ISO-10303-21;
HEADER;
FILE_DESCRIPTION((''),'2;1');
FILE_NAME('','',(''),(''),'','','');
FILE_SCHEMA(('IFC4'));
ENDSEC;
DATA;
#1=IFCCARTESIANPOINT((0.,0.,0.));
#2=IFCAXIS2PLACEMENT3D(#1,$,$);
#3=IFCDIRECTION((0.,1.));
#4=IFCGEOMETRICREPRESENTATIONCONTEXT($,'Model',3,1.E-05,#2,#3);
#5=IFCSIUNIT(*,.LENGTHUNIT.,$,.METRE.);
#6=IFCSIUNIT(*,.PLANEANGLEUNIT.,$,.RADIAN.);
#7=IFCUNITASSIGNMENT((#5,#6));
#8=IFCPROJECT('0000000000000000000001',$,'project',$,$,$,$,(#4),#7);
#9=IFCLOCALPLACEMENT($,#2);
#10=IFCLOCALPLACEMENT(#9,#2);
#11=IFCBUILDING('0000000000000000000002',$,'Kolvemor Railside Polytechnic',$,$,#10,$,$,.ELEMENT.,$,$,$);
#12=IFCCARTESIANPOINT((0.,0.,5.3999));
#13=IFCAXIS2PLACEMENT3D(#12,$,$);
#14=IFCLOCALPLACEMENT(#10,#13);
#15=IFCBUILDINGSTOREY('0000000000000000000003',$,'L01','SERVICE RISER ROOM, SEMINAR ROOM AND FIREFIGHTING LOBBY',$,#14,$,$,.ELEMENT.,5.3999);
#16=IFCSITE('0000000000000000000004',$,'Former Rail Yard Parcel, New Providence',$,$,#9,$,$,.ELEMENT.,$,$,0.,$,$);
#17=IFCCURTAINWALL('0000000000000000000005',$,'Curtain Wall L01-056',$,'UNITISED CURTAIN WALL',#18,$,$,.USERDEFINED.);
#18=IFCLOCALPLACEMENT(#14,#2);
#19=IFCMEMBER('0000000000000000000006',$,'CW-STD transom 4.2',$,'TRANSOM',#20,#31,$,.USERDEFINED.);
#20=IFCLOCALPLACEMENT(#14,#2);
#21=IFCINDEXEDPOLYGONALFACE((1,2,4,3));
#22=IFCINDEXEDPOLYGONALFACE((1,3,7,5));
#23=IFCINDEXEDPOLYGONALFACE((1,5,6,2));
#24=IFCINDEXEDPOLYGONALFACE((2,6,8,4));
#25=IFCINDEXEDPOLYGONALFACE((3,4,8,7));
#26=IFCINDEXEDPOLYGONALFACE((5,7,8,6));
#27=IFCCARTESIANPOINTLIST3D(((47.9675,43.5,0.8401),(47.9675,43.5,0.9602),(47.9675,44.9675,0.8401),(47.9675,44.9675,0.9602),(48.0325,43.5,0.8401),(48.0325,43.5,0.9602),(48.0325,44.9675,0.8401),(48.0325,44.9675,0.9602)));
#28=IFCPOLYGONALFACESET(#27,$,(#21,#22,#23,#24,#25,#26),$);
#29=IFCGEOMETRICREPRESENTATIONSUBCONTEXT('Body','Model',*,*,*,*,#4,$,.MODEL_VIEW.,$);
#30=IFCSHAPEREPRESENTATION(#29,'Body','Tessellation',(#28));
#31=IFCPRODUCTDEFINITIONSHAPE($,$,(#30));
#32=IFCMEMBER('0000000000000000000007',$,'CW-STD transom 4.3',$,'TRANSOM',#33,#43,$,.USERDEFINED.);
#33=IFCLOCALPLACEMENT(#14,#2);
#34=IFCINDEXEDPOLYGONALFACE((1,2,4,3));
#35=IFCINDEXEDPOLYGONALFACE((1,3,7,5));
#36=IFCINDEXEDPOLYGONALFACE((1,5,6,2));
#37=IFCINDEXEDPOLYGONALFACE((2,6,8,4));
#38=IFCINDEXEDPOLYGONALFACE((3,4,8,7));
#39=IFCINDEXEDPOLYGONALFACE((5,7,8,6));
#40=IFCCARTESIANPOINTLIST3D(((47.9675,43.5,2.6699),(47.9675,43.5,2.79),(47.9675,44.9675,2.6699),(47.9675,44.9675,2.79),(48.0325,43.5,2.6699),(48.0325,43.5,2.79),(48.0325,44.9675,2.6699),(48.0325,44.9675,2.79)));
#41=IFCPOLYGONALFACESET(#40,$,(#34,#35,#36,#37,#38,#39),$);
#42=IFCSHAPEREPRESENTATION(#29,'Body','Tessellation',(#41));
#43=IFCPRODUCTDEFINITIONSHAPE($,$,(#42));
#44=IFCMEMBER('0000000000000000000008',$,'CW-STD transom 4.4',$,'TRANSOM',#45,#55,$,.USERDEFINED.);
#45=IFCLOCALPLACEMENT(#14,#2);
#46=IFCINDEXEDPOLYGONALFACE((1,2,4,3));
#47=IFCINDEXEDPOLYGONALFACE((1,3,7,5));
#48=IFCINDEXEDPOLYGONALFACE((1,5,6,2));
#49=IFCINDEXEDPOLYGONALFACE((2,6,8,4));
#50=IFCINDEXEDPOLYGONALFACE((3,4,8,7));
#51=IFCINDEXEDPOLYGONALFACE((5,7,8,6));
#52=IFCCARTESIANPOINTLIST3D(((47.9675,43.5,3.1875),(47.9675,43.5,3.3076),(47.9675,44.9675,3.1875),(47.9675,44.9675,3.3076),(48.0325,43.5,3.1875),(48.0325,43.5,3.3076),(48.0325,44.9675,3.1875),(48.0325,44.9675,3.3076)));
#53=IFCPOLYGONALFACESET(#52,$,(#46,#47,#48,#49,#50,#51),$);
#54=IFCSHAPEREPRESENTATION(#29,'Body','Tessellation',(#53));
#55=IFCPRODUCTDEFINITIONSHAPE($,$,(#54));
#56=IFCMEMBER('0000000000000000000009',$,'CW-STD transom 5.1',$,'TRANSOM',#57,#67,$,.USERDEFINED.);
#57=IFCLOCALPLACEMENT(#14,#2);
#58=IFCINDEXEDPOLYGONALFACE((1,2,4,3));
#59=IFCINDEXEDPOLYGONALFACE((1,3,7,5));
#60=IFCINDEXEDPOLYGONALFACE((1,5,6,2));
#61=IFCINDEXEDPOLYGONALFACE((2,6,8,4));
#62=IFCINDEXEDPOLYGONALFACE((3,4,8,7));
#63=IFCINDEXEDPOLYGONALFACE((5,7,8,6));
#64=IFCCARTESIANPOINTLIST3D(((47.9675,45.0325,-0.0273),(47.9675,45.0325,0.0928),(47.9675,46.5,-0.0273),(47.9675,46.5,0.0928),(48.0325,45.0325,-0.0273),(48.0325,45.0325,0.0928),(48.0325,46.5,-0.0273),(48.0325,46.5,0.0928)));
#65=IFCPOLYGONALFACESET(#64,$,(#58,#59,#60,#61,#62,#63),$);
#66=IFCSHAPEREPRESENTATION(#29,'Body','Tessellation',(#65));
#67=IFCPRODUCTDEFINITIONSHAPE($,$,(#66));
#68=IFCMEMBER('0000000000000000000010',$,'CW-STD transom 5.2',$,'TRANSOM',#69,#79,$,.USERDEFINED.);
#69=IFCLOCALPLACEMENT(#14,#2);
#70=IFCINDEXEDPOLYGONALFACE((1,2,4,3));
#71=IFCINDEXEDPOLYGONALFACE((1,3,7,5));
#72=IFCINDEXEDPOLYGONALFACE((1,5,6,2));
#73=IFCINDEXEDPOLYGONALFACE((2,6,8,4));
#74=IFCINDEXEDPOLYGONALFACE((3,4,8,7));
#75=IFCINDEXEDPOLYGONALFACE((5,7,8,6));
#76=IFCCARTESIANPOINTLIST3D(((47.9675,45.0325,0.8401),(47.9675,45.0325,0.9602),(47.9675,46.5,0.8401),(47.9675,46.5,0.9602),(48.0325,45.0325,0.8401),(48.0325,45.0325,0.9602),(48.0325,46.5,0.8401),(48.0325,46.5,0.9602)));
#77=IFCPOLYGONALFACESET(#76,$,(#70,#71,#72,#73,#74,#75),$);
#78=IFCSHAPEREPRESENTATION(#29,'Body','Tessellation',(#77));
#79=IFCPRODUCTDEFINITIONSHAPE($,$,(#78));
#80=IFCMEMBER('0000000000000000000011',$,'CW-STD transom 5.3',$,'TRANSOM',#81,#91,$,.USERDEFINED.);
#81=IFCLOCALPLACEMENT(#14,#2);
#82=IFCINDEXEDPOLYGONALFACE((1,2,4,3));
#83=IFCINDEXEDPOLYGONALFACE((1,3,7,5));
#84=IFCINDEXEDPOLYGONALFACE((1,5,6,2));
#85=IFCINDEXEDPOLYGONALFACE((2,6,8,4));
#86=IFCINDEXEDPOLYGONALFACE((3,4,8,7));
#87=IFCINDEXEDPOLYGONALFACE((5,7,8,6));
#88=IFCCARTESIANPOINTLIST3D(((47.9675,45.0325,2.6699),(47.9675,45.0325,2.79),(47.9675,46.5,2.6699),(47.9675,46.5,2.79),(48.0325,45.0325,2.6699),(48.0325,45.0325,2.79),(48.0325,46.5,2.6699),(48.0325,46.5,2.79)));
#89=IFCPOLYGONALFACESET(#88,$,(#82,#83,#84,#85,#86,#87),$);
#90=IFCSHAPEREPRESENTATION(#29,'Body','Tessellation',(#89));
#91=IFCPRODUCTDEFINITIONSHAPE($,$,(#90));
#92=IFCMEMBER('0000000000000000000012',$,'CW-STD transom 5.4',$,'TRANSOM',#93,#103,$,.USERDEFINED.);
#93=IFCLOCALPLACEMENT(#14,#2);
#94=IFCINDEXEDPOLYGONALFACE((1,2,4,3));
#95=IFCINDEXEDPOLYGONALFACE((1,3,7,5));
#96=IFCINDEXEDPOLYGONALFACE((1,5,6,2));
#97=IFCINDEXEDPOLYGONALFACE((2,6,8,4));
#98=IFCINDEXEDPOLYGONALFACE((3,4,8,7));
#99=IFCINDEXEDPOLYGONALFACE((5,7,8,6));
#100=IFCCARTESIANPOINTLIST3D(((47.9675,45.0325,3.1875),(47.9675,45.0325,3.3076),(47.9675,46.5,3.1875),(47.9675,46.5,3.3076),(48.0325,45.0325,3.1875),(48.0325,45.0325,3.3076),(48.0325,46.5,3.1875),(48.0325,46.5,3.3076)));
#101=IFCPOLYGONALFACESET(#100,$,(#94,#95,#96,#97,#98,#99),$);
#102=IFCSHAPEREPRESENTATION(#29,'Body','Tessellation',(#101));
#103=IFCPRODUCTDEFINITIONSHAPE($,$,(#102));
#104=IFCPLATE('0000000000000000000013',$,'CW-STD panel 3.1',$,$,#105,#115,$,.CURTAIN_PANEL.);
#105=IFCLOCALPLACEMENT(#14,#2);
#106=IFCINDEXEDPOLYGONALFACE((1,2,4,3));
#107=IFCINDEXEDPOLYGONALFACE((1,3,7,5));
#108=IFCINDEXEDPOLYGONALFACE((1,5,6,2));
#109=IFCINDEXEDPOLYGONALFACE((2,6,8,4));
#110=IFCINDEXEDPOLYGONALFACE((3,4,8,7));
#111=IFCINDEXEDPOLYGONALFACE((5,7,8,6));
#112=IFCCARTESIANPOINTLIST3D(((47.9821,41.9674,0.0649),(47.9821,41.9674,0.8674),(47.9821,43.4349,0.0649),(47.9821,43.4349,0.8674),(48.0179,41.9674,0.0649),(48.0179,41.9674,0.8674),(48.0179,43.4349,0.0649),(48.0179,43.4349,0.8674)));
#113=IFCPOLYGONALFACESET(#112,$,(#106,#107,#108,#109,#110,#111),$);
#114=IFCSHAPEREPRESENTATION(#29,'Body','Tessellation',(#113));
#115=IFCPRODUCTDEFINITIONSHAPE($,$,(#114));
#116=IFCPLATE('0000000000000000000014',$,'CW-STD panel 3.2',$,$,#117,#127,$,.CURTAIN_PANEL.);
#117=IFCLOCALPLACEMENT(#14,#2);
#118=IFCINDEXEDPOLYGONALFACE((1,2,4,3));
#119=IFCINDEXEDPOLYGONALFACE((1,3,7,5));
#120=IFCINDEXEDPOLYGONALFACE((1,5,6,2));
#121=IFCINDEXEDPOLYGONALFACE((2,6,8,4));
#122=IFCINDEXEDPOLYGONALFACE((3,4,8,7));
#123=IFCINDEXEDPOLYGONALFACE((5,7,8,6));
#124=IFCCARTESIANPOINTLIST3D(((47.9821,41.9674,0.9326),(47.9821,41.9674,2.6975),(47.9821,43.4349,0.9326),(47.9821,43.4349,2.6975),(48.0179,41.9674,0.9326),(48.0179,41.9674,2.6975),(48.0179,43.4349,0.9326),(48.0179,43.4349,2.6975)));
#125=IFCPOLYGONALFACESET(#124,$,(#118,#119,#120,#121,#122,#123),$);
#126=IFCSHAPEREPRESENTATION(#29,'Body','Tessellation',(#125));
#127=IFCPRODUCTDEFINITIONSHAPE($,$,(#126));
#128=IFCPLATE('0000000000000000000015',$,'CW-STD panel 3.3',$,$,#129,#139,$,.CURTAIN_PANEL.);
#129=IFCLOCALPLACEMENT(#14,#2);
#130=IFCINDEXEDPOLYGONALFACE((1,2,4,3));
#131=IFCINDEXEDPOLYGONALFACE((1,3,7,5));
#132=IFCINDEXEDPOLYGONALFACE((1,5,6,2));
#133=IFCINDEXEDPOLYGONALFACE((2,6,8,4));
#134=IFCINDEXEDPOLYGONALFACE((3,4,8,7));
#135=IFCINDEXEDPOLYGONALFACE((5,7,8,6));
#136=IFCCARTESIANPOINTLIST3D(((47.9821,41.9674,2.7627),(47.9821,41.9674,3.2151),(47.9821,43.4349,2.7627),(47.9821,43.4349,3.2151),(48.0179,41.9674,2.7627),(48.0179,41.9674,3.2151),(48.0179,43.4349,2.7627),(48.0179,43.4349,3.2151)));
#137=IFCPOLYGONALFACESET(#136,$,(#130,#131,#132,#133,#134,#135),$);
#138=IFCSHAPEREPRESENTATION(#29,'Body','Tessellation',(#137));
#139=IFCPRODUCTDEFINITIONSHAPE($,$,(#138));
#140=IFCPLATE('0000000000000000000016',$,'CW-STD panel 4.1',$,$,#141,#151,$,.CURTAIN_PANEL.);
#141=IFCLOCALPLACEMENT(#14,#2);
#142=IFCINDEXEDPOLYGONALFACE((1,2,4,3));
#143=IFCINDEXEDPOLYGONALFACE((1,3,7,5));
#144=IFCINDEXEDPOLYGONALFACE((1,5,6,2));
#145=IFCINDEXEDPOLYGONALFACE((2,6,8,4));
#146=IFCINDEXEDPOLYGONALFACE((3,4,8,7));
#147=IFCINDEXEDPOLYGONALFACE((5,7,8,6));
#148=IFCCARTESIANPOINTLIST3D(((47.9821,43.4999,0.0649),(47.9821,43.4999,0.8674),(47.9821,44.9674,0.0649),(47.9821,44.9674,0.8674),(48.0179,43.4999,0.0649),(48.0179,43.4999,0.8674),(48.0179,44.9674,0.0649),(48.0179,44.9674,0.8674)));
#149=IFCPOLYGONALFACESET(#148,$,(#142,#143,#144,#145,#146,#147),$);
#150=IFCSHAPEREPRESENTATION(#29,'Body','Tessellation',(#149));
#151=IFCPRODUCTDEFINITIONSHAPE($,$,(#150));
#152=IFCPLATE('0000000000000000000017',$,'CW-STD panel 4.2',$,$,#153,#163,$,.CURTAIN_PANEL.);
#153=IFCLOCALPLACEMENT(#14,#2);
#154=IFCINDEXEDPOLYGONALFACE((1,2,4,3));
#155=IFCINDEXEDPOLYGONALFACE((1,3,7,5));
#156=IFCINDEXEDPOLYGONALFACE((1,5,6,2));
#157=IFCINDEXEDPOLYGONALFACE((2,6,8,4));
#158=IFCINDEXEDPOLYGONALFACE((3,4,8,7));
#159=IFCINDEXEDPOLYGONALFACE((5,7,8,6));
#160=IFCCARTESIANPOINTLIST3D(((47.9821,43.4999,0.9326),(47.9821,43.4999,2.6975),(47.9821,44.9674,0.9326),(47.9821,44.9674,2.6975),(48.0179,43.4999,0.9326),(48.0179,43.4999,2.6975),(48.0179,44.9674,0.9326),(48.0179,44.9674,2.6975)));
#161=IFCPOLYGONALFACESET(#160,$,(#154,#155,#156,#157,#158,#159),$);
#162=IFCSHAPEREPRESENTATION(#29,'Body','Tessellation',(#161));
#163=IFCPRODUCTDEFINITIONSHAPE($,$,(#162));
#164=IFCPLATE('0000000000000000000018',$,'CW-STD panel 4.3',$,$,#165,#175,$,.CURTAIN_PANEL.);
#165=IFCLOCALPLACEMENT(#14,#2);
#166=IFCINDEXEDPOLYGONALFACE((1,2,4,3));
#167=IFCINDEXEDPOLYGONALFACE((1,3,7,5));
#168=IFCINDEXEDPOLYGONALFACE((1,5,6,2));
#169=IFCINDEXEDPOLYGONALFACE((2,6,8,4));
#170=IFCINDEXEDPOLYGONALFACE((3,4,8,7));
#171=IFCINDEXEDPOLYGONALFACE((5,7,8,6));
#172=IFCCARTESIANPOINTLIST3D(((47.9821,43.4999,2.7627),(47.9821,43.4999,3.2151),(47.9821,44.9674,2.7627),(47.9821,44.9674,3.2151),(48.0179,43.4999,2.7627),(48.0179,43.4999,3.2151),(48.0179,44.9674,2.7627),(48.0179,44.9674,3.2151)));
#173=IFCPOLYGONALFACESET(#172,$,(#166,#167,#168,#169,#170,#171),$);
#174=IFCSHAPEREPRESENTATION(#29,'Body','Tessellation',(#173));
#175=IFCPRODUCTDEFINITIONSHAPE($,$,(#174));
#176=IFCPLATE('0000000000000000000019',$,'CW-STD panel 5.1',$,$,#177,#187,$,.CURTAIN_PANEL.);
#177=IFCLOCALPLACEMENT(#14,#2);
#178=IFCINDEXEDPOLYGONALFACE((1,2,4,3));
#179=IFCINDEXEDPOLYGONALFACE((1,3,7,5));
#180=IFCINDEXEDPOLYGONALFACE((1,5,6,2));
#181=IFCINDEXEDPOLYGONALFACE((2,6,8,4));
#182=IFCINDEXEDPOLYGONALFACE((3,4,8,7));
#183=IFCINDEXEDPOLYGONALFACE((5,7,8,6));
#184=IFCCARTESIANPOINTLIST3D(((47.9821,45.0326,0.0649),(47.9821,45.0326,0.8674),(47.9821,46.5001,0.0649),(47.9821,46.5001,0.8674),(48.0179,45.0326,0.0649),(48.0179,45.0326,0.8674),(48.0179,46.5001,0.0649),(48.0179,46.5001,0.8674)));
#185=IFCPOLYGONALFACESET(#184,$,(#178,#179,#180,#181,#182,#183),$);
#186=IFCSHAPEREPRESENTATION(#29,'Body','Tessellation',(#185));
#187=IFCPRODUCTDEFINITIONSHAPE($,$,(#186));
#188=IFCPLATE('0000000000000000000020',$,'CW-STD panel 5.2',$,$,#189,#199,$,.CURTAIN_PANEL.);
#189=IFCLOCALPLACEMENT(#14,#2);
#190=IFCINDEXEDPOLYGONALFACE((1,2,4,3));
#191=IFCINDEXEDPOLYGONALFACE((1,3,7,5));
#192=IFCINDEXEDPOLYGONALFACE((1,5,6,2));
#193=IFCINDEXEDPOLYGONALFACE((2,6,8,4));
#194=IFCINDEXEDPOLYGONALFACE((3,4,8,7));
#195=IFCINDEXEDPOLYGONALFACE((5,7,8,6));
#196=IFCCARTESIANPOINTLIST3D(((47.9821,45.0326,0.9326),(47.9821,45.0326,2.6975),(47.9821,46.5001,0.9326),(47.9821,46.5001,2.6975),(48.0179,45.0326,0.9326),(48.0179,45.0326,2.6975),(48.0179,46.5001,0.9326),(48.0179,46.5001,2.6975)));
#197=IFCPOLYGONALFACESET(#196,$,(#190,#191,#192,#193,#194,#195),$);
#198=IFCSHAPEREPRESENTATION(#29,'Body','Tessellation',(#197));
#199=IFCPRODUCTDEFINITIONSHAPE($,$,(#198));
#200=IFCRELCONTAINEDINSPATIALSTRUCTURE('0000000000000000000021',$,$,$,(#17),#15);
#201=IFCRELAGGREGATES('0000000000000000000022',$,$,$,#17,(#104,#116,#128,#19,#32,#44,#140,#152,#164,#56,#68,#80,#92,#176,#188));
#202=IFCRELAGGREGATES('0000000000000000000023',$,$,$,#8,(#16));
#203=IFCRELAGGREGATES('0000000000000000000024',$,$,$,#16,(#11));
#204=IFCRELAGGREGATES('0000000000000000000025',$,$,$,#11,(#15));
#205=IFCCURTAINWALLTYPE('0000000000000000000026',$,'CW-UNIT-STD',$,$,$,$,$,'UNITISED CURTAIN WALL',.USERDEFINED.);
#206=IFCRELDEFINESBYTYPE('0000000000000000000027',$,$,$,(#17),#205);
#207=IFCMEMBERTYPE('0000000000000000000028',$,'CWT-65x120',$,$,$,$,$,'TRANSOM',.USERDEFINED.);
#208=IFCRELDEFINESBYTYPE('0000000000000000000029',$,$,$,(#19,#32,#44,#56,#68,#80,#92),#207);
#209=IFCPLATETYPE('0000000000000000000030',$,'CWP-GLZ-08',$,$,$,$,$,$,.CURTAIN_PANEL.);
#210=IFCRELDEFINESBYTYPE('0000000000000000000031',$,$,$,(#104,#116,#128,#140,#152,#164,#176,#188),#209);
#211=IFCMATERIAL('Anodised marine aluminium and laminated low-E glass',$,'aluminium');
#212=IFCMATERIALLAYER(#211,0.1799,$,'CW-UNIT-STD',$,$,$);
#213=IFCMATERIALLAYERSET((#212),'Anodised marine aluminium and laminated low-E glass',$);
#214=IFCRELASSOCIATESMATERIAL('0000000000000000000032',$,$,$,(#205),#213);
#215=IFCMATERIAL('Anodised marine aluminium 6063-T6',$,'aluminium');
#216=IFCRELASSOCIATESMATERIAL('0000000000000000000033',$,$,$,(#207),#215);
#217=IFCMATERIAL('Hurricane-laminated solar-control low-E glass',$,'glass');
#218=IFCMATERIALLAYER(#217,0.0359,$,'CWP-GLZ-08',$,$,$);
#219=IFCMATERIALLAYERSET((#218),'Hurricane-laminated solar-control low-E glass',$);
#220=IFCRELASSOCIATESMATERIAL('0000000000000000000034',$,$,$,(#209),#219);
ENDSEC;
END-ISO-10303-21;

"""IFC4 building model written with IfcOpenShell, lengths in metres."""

from ifc_helpers import new_model, si_unit, direction, frame, origin, origin_2d, place, context, subcontext, project, spatial, rectangle, extrude, material, layer, layer_set, material_profile, profile_set, type_object, element, aggregate, save


model = new_model("IFC4")

# Units and contexts
model_context = context("Model", 3, precision=1e-05, world=origin(), true_north=direction((0.0, 1.0)))
body_context = subcontext(model_context, "Body", "Model", "MODEL_VIEW")
ifc_project = project(units=[si_unit("LENGTHUNIT", "METRE"), si_unit("PLANEANGLEUNIT", "RADIAN")], contexts=[model_context])

# Site, building, storey
site_placement = place(None, origin())
site = spatial("IfcSite", under=ifc_project, at=site_placement, Name="Former Rail Yard Parcel, New Providence", CompositionType="ELEMENT", RefElevation=0.0)
building_placement = place(site_placement, origin())
building = spatial("IfcBuilding", under=site, at=building_placement, Name="Kolvemor Railside Polytechnic", CompositionType="ELEMENT")
storey_placement = place(building_placement, frame((0.0, 0.0, 5.3999)))
storey = spatial("IfcBuildingStorey", under=building, at=storey_placement, Name="L01", Description="SERVICE RISER ROOM, SEMINAR ROOM AND FIREFIGHTING LOBBY", CompositionType="ELEMENT", Elevation=5.3999)

# Curtain wall, members, plates
ifc_material_1 = material(Name="Anodised marine aluminium and laminated low-E glass", Category="aluminium")
ifc_layer_1 = layer(ifc_material_1, 0.1799, Name="CW-UNIT-STD")
ifc_layer_set_1 = layer_set([ifc_layer_1], Name="Anodised marine aluminium and laminated low-E glass")
curtain_wall_type = type_object("IfcCurtainWallType", Name="CW-UNIT-STD", ElementType="UNITISED CURTAIN WALL", PredefinedType="USERDEFINED", material=ifc_layer_set_1)
curtain_wall_placement = place(storey_placement, origin())
curtain_wall = element("IfcCurtainWall", 1, at=curtain_wall_placement, inside=storey, type_object=curtain_wall_type, Name="Curtain Wall L01-056", ObjectType="UNITISED CURTAIN WALL", PredefinedType="USERDEFINED")
ifc_material_2 = material(Name="Anodised marine aluminium 6063-T6", Category="aluminium")
ifc_material_profile_1 = material_profile(ifc_material_2, rectangle(XDim=0.0649, YDim=0.1201, at=origin_2d()), Name="CW-TRN-65x120")
ifc_profile_set_1 = profile_set([ifc_material_profile_1], Name="Anodised marine aluminium 6063-T6")
member_type_1 = type_object("IfcMemberType", Name="CWT-65x120", ElementType="TRANSOM", PredefinedType="USERDEFINED", material=ifc_profile_set_1)
member_1_placement = place(storey_placement, frame((48.0, 43.5, 0.9001), z_axis=(0.0, 1.0, 0.0), x_axis=(-1.0, 0.0, 0.0)))
member_1 = element("IfcMember", 2, at=member_1_placement, type_object=member_type_1, Name="CW-STD transom 4.2", ObjectType="TRANSOM", PredefinedType="USERDEFINED", context=body_context, shape_type="SweptSolid", body=[
    extrude(rectangle(XDim=0.0649, YDim=0.1201, at=origin_2d()), origin(), (0.0, 0.0, 1.0), 1.4675),
])
member_2_placement = place(storey_placement, frame((48.0, 43.5, 2.73), z_axis=(0.0, 1.0, 0.0), x_axis=(-1.0, 0.0, 0.0)))
member_2 = element("IfcMember", 3, at=member_2_placement, type_object=member_type_1, Name="CW-STD transom 4.3", ObjectType="TRANSOM", PredefinedType="USERDEFINED", context=body_context, shape_type="SweptSolid", body=[
    extrude(rectangle(XDim=0.0649, YDim=0.1201, at=origin_2d()), origin(), (0.0, 0.0, 1.0), 1.4675),
])
member_3_placement = place(storey_placement, frame((48.0, 43.5, 3.2476), z_axis=(0.0, 1.0, 0.0), x_axis=(-1.0, 0.0, 0.0)))
member_3 = element("IfcMember", 4, at=member_3_placement, type_object=member_type_1, Name="CW-STD transom 4.4", ObjectType="TRANSOM", PredefinedType="USERDEFINED", context=body_context, shape_type="SweptSolid", body=[
    extrude(rectangle(XDim=0.0649, YDim=0.1201, at=origin_2d()), origin(), (0.0, 0.0, 1.0), 1.4675),
])
member_4_placement = place(storey_placement, frame((48.0, 45.0325, 0.0327), z_axis=(0.0, 1.0, 0.0), x_axis=(-1.0, 0.0, 0.0)))
member_4 = element("IfcMember", 5, at=member_4_placement, type_object=member_type_1, Name="CW-STD transom 5.1", ObjectType="TRANSOM", PredefinedType="USERDEFINED", context=body_context, shape_type="SweptSolid", body=[
    extrude(rectangle(XDim=0.0649, YDim=0.1201, at=origin_2d()), origin(), (0.0, 0.0, 1.0), 1.4675),
])
member_5_placement = place(storey_placement, frame((48.0, 45.0325, 0.9001), z_axis=(0.0, 1.0, 0.0), x_axis=(-1.0, 0.0, 0.0)))
member_5 = element("IfcMember", 6, at=member_5_placement, type_object=member_type_1, Name="CW-STD transom 5.2", ObjectType="TRANSOM", PredefinedType="USERDEFINED", context=body_context, shape_type="SweptSolid", body=[
    extrude(rectangle(XDim=0.0649, YDim=0.1201, at=origin_2d()), origin(), (0.0, 0.0, 1.0), 1.4675),
])
member_6_placement = place(storey_placement, frame((48.0, 45.0325, 2.73), z_axis=(0.0, 1.0, 0.0), x_axis=(-1.0, 0.0, 0.0)))
member_6 = element("IfcMember", 7, at=member_6_placement, type_object=member_type_1, Name="CW-STD transom 5.3", ObjectType="TRANSOM", PredefinedType="USERDEFINED", context=body_context, shape_type="SweptSolid", body=[
    extrude(rectangle(XDim=0.0649, YDim=0.1201, at=origin_2d()), origin(), (0.0, 0.0, 1.0), 1.4675),
])
member_7_placement = place(storey_placement, frame((48.0, 45.0325, 3.2476), z_axis=(0.0, 1.0, 0.0), x_axis=(-1.0, 0.0, 0.0)))
member_7 = element("IfcMember", 8, at=member_7_placement, type_object=member_type_1, Name="CW-STD transom 5.4", ObjectType="TRANSOM", PredefinedType="USERDEFINED", context=body_context, shape_type="SweptSolid", body=[
    extrude(rectangle(XDim=0.0649, YDim=0.1201, at=origin_2d()), origin(), (0.0, 0.0, 1.0), 1.4675),
])
ifc_material_3 = material(Name="Hurricane-laminated solar-control low-E glass", Category="glass")
ifc_layer_2 = layer(ifc_material_3, 0.0359, Name="CWP-GLZ-08")
ifc_layer_set_2 = layer_set([ifc_layer_2], Name="Hurricane-laminated solar-control low-E glass")
plate_type = type_object("IfcPlateType", Name="CWP-GLZ-08", PredefinedType="CURTAIN_PANEL", material=ifc_layer_set_2)
plate_1_placement = place(storey_placement, frame((48.0, 42.7012, 0.0649), z_axis=(0.0, 0.0, 1.0), x_axis=(0.0, 1.0, 0.0)))
plate_1 = element("IfcPlate", 9, at=plate_1_placement, type_object=plate_type, Name="CW-STD panel 3.1", PredefinedType="CURTAIN_PANEL", context=body_context, shape_type="SweptSolid", body=[
    extrude(rectangle(XDim=1.4675, YDim=0.0359, at=origin_2d()), origin(), (0.0, 0.0, 1.0), 0.8025),
])
plate_2_placement = place(storey_placement, frame((48.0, 42.7012, 0.9326), z_axis=(0.0, 0.0, 1.0), x_axis=(0.0, 1.0, 0.0)))
plate_2 = element("IfcPlate", 10, at=plate_2_placement, type_object=plate_type, Name="CW-STD panel 3.2", PredefinedType="CURTAIN_PANEL", context=body_context, shape_type="SweptSolid", body=[
    extrude(rectangle(XDim=1.4675, YDim=0.0359, at=origin_2d()), origin(), (0.0, 0.0, 1.0), 1.7649),
])
plate_3_placement = place(storey_placement, frame((48.0, 42.7012, 2.7627), z_axis=(0.0, 0.0, 1.0), x_axis=(0.0, 1.0, 0.0)))
plate_3 = element("IfcPlate", 11, at=plate_3_placement, type_object=plate_type, Name="CW-STD panel 3.3", PredefinedType="CURTAIN_PANEL", context=body_context, shape_type="SweptSolid", body=[
    extrude(rectangle(XDim=1.4675, YDim=0.0359, at=origin_2d()), origin(), (0.0, 0.0, 1.0), 0.4524),
])
plate_4_placement = place(storey_placement, frame((48.0, 44.2336, 0.0649), z_axis=(0.0, 0.0, 1.0), x_axis=(0.0, 1.0, 0.0)))
plate_4 = element("IfcPlate", 12, at=plate_4_placement, type_object=plate_type, Name="CW-STD panel 4.1", PredefinedType="CURTAIN_PANEL", context=body_context, shape_type="SweptSolid", body=[
    extrude(rectangle(XDim=1.4675, YDim=0.0359, at=origin_2d()), origin(), (0.0, 0.0, 1.0), 0.8025),
])
plate_5_placement = place(storey_placement, frame((48.0, 44.2336, 0.9326), z_axis=(0.0, 0.0, 1.0), x_axis=(0.0, 1.0, 0.0)))
plate_5 = element("IfcPlate", 13, at=plate_5_placement, type_object=plate_type, Name="CW-STD panel 4.2", PredefinedType="CURTAIN_PANEL", context=body_context, shape_type="SweptSolid", body=[
    extrude(rectangle(XDim=1.4675, YDim=0.0359, at=origin_2d()), origin(), (0.0, 0.0, 1.0), 1.7649),
])
plate_6_placement = place(storey_placement, frame((48.0, 44.2336, 2.7627), z_axis=(0.0, 0.0, 1.0), x_axis=(0.0, 1.0, 0.0)))
plate_6 = element("IfcPlate", 14, at=plate_6_placement, type_object=plate_type, Name="CW-STD panel 4.3", PredefinedType="CURTAIN_PANEL", context=body_context, shape_type="SweptSolid", body=[
    extrude(rectangle(XDim=1.4675, YDim=0.0359, at=origin_2d()), origin(), (0.0, 0.0, 1.0), 0.4524),
])
plate_7_placement = place(storey_placement, frame((48.0, 45.7664, 0.0649), z_axis=(0.0, 0.0, 1.0), x_axis=(0.0, 1.0, 0.0)))
plate_7 = element("IfcPlate", 15, at=plate_7_placement, type_object=plate_type, Name="CW-STD panel 5.1", PredefinedType="CURTAIN_PANEL", context=body_context, shape_type="SweptSolid", body=[
    extrude(rectangle(XDim=1.4675, YDim=0.0359, at=origin_2d()), origin(), (0.0, 0.0, 1.0), 0.8025),
])
plate_8_placement = place(storey_placement, frame((48.0, 45.7664, 0.9326), z_axis=(0.0, 0.0, 1.0), x_axis=(0.0, 1.0, 0.0)))
plate_8 = element("IfcPlate", 16, at=plate_8_placement, type_object=plate_type, Name="CW-STD panel 5.2", PredefinedType="CURTAIN_PANEL", context=body_context, shape_type="SweptSolid", body=[
    extrude(rectangle(XDim=1.4675, YDim=0.0359, at=origin_2d()), origin(), (0.0, 0.0, 1.0), 1.7649),
])
aggregate(curtain_wall, [plate_1, plate_2, plate_3, member_1, member_2, member_3, plate_4, plate_5, plate_6, member_4, member_5, member_6, member_7, plate_7, plate_8])

save(model, "model.ifc")
